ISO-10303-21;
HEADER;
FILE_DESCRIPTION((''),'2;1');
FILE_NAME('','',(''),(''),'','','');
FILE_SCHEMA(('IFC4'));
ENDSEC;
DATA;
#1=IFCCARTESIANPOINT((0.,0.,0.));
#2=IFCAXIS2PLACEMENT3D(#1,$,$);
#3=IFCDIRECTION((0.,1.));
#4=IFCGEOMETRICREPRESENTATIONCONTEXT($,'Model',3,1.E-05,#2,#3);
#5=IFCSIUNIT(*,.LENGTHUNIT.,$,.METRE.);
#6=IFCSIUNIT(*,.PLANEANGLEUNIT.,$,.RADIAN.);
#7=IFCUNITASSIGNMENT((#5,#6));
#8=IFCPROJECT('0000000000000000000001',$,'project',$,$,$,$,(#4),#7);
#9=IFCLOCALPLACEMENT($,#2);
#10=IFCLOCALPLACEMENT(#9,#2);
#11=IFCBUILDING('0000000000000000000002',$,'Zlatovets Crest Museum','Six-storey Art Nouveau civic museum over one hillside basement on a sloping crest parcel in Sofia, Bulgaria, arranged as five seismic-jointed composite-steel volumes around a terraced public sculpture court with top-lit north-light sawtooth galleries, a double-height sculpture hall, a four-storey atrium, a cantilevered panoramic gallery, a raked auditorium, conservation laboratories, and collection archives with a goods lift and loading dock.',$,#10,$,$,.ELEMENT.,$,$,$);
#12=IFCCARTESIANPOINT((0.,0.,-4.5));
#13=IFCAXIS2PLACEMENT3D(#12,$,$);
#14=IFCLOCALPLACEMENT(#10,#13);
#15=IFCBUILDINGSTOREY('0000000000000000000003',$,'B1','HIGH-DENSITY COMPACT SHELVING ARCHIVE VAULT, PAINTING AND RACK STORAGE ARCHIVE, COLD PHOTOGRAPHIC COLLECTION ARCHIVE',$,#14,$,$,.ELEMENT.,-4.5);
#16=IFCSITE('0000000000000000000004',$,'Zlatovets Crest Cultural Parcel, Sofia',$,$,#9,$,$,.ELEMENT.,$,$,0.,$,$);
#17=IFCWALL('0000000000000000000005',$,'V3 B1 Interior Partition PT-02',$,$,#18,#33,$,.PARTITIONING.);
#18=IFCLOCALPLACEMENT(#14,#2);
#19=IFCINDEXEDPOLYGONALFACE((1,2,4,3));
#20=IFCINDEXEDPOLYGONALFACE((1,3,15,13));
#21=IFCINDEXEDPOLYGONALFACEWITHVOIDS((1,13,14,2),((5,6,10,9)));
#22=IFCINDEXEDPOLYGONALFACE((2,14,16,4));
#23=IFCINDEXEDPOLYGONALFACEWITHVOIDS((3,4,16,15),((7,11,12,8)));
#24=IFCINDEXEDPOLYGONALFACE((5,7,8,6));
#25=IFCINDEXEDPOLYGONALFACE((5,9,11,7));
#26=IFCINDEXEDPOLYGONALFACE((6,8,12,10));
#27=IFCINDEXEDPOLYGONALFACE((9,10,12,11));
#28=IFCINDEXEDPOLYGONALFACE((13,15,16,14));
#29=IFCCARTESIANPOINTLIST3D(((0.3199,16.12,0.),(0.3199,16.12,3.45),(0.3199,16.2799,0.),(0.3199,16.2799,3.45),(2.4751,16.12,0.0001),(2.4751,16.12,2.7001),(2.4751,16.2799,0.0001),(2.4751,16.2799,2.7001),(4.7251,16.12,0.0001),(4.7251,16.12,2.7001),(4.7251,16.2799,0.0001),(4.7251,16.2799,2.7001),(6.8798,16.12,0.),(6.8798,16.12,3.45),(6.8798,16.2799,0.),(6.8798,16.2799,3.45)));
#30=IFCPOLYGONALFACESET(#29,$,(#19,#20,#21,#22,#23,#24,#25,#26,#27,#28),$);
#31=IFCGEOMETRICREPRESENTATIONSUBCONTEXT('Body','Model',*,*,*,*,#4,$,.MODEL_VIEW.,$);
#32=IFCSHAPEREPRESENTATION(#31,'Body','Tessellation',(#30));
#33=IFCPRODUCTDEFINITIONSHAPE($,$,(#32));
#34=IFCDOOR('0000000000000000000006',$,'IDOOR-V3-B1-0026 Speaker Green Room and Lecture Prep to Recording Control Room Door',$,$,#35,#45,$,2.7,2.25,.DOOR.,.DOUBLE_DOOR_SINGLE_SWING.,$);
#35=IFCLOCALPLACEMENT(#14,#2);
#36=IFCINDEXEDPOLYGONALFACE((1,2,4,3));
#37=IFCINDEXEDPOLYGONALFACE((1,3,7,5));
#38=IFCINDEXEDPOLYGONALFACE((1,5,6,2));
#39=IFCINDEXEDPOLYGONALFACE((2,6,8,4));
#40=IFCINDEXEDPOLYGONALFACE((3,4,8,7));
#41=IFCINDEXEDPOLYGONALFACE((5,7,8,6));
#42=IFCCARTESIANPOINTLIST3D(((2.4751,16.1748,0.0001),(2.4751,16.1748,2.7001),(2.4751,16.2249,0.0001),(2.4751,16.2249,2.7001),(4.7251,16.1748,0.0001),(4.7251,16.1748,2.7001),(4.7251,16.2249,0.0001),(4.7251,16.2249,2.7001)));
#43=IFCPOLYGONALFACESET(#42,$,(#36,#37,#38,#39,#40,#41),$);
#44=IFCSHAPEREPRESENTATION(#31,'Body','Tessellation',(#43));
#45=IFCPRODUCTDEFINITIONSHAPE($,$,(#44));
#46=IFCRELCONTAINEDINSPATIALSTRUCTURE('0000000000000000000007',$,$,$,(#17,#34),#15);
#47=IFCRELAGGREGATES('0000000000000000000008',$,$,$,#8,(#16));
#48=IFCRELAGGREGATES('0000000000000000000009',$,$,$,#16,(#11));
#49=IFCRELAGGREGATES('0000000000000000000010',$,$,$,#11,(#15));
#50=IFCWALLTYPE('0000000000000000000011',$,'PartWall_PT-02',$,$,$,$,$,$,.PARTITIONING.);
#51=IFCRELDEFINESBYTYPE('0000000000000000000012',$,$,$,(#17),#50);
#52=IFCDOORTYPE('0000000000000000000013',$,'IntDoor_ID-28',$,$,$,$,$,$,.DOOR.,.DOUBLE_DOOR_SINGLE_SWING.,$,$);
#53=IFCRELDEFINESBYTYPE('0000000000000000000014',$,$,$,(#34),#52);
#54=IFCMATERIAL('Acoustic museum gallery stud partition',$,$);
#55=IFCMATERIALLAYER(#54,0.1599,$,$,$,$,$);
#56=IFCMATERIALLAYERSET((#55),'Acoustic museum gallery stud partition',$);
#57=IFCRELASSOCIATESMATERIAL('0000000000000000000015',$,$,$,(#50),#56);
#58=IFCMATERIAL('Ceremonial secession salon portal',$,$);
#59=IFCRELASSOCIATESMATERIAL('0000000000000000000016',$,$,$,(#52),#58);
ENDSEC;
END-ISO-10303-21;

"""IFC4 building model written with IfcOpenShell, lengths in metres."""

from ifc_helpers import new_model, si_unit, direction, frame, frame_2d, origin, place, context, subcontext, project, spatial, rectangle, extrude, material, layer, layer_set, type_object, element, fill, save


model = new_model("IFC4")

# Units and contexts
model_context = context("Model", 3, precision=1e-05, world=origin(), true_north=direction((0.0, 1.0)))
body_context = subcontext(model_context, "Body", "Model", "MODEL_VIEW")
ifc_project = project(units=[si_unit("LENGTHUNIT", "METRE"), si_unit("PLANEANGLEUNIT", "RADIAN")], contexts=[model_context])

# Site, building, storey
site_placement = place(None, origin())
site = spatial("IfcSite", under=ifc_project, at=site_placement, Name="Zlatovets Crest Cultural Parcel, Sofia", CompositionType="ELEMENT", RefElevation=0.0)
building_placement = place(site_placement, origin())
building = spatial("IfcBuilding", under=site, at=building_placement, Name="Zlatovets Crest Museum", Description="Six-storey Art Nouveau civic museum over one hillside basement on a sloping crest parcel in Sofia, Bulgaria, arranged as five seismic-jointed composite-steel volumes around a terraced public sculpture court with top-lit north-light sawtooth galleries, a double-height sculpture hall, a four-storey atrium, a cantilevered panoramic gallery, a raked auditorium, conservation laboratories, and collection archives with a goods lift and loading dock.", CompositionType="ELEMENT")
storey_placement = place(building_placement, frame((0.0, 0.0, -4.5)))
storey = spatial("IfcBuildingStorey", under=building, at=storey_placement, Name="B1", Description="HIGH-DENSITY COMPACT SHELVING ARCHIVE VAULT, PAINTING AND RACK STORAGE ARCHIVE, COLD PHOTOGRAPHIC COLLECTION ARCHIVE", CompositionType="ELEMENT", Elevation=-4.5)

# Wall, opening, door
ifc_material_1 = material(Name="Acoustic museum gallery stud partition")
ifc_layer_1 = layer(ifc_material_1, 0.1599)
ifc_layer_set_1 = layer_set([ifc_layer_1], Name="Acoustic museum gallery stud partition")
wall_type_1 = type_object("IfcWallType", Name="PartWall_PT-02", PredefinedType="PARTITIONING", material=ifc_layer_set_1)
wall_1_placement = place(storey_placement, frame((0.3201, 16.2, 0.0), z_axis=(0.0, 0.0, 1.0), x_axis=(1.0, 0.0, 0.0)))
wall_1 = element("IfcWall", 1, at=wall_1_placement, inside=storey, type_object=wall_type_1, Name="V3 B1 Interior Partition PT-02", PredefinedType="PARTITIONING", context=body_context, shape_type="SweptSolid", body=[
    extrude(rectangle(XDim=6.5598, YDim=0.1599, at=frame_2d((3.2798, 0.0))), origin(), (0.0, 0.0, 1.0), 3.45),
])
opening_1_placement = place(wall_1_placement, frame((2.155, 0.0, 0.0)))
opening_1 = element("IfcOpeningElement", 2, at=opening_1_placement, cuts=wall_1, PredefinedType="OPENING", context=body_context, shape_type="SweptSolid", body=[
    extrude(rectangle(XDim=2.25, YDim=2.7, at=frame_2d((1.125, 1.3501))), frame((0.0, 0.0898, 0.0), z_axis=(0.0, -1.0, 0.0), x_axis=(1.0, 0.0, 0.0)), (0.0, 0.0, 1.0), 0.1799),
])
ifc_material_2 = material(Name="Ceremonial secession salon portal")
door_type_1 = type_object("IfcDoorType", Name="IntDoor_ID-28", OperationType="DOUBLE_DOOR_SINGLE_SWING", PredefinedType="DOOR", material=ifc_material_2)
door_1_placement = place(opening_1_placement, origin())
door_1 = element("IfcDoor", 3, at=door_1_placement, inside=storey, type_object=door_type_1, Name="IDOOR-V3-B1-0026 Speaker Green Room and Lecture Prep to Recording Control Room Door", OperationType="DOUBLE_DOOR_SINGLE_SWING", OverallHeight=2.7, OverallWidth=2.25, PredefinedType="DOOR", context=body_context, shape_type="SweptSolid", body=[
    extrude(rectangle(XDim=2.25, YDim=2.7, at=frame_2d((1.125, 1.3501))), frame((0.0, 0.0249, 0.0), z_axis=(0.0, -1.0, 0.0), x_axis=(1.0, 0.0, 0.0)), (0.0, 0.0, 1.0), 0.05),
])
fill(opening_1, door_1)

save(model, "model.ifc")
